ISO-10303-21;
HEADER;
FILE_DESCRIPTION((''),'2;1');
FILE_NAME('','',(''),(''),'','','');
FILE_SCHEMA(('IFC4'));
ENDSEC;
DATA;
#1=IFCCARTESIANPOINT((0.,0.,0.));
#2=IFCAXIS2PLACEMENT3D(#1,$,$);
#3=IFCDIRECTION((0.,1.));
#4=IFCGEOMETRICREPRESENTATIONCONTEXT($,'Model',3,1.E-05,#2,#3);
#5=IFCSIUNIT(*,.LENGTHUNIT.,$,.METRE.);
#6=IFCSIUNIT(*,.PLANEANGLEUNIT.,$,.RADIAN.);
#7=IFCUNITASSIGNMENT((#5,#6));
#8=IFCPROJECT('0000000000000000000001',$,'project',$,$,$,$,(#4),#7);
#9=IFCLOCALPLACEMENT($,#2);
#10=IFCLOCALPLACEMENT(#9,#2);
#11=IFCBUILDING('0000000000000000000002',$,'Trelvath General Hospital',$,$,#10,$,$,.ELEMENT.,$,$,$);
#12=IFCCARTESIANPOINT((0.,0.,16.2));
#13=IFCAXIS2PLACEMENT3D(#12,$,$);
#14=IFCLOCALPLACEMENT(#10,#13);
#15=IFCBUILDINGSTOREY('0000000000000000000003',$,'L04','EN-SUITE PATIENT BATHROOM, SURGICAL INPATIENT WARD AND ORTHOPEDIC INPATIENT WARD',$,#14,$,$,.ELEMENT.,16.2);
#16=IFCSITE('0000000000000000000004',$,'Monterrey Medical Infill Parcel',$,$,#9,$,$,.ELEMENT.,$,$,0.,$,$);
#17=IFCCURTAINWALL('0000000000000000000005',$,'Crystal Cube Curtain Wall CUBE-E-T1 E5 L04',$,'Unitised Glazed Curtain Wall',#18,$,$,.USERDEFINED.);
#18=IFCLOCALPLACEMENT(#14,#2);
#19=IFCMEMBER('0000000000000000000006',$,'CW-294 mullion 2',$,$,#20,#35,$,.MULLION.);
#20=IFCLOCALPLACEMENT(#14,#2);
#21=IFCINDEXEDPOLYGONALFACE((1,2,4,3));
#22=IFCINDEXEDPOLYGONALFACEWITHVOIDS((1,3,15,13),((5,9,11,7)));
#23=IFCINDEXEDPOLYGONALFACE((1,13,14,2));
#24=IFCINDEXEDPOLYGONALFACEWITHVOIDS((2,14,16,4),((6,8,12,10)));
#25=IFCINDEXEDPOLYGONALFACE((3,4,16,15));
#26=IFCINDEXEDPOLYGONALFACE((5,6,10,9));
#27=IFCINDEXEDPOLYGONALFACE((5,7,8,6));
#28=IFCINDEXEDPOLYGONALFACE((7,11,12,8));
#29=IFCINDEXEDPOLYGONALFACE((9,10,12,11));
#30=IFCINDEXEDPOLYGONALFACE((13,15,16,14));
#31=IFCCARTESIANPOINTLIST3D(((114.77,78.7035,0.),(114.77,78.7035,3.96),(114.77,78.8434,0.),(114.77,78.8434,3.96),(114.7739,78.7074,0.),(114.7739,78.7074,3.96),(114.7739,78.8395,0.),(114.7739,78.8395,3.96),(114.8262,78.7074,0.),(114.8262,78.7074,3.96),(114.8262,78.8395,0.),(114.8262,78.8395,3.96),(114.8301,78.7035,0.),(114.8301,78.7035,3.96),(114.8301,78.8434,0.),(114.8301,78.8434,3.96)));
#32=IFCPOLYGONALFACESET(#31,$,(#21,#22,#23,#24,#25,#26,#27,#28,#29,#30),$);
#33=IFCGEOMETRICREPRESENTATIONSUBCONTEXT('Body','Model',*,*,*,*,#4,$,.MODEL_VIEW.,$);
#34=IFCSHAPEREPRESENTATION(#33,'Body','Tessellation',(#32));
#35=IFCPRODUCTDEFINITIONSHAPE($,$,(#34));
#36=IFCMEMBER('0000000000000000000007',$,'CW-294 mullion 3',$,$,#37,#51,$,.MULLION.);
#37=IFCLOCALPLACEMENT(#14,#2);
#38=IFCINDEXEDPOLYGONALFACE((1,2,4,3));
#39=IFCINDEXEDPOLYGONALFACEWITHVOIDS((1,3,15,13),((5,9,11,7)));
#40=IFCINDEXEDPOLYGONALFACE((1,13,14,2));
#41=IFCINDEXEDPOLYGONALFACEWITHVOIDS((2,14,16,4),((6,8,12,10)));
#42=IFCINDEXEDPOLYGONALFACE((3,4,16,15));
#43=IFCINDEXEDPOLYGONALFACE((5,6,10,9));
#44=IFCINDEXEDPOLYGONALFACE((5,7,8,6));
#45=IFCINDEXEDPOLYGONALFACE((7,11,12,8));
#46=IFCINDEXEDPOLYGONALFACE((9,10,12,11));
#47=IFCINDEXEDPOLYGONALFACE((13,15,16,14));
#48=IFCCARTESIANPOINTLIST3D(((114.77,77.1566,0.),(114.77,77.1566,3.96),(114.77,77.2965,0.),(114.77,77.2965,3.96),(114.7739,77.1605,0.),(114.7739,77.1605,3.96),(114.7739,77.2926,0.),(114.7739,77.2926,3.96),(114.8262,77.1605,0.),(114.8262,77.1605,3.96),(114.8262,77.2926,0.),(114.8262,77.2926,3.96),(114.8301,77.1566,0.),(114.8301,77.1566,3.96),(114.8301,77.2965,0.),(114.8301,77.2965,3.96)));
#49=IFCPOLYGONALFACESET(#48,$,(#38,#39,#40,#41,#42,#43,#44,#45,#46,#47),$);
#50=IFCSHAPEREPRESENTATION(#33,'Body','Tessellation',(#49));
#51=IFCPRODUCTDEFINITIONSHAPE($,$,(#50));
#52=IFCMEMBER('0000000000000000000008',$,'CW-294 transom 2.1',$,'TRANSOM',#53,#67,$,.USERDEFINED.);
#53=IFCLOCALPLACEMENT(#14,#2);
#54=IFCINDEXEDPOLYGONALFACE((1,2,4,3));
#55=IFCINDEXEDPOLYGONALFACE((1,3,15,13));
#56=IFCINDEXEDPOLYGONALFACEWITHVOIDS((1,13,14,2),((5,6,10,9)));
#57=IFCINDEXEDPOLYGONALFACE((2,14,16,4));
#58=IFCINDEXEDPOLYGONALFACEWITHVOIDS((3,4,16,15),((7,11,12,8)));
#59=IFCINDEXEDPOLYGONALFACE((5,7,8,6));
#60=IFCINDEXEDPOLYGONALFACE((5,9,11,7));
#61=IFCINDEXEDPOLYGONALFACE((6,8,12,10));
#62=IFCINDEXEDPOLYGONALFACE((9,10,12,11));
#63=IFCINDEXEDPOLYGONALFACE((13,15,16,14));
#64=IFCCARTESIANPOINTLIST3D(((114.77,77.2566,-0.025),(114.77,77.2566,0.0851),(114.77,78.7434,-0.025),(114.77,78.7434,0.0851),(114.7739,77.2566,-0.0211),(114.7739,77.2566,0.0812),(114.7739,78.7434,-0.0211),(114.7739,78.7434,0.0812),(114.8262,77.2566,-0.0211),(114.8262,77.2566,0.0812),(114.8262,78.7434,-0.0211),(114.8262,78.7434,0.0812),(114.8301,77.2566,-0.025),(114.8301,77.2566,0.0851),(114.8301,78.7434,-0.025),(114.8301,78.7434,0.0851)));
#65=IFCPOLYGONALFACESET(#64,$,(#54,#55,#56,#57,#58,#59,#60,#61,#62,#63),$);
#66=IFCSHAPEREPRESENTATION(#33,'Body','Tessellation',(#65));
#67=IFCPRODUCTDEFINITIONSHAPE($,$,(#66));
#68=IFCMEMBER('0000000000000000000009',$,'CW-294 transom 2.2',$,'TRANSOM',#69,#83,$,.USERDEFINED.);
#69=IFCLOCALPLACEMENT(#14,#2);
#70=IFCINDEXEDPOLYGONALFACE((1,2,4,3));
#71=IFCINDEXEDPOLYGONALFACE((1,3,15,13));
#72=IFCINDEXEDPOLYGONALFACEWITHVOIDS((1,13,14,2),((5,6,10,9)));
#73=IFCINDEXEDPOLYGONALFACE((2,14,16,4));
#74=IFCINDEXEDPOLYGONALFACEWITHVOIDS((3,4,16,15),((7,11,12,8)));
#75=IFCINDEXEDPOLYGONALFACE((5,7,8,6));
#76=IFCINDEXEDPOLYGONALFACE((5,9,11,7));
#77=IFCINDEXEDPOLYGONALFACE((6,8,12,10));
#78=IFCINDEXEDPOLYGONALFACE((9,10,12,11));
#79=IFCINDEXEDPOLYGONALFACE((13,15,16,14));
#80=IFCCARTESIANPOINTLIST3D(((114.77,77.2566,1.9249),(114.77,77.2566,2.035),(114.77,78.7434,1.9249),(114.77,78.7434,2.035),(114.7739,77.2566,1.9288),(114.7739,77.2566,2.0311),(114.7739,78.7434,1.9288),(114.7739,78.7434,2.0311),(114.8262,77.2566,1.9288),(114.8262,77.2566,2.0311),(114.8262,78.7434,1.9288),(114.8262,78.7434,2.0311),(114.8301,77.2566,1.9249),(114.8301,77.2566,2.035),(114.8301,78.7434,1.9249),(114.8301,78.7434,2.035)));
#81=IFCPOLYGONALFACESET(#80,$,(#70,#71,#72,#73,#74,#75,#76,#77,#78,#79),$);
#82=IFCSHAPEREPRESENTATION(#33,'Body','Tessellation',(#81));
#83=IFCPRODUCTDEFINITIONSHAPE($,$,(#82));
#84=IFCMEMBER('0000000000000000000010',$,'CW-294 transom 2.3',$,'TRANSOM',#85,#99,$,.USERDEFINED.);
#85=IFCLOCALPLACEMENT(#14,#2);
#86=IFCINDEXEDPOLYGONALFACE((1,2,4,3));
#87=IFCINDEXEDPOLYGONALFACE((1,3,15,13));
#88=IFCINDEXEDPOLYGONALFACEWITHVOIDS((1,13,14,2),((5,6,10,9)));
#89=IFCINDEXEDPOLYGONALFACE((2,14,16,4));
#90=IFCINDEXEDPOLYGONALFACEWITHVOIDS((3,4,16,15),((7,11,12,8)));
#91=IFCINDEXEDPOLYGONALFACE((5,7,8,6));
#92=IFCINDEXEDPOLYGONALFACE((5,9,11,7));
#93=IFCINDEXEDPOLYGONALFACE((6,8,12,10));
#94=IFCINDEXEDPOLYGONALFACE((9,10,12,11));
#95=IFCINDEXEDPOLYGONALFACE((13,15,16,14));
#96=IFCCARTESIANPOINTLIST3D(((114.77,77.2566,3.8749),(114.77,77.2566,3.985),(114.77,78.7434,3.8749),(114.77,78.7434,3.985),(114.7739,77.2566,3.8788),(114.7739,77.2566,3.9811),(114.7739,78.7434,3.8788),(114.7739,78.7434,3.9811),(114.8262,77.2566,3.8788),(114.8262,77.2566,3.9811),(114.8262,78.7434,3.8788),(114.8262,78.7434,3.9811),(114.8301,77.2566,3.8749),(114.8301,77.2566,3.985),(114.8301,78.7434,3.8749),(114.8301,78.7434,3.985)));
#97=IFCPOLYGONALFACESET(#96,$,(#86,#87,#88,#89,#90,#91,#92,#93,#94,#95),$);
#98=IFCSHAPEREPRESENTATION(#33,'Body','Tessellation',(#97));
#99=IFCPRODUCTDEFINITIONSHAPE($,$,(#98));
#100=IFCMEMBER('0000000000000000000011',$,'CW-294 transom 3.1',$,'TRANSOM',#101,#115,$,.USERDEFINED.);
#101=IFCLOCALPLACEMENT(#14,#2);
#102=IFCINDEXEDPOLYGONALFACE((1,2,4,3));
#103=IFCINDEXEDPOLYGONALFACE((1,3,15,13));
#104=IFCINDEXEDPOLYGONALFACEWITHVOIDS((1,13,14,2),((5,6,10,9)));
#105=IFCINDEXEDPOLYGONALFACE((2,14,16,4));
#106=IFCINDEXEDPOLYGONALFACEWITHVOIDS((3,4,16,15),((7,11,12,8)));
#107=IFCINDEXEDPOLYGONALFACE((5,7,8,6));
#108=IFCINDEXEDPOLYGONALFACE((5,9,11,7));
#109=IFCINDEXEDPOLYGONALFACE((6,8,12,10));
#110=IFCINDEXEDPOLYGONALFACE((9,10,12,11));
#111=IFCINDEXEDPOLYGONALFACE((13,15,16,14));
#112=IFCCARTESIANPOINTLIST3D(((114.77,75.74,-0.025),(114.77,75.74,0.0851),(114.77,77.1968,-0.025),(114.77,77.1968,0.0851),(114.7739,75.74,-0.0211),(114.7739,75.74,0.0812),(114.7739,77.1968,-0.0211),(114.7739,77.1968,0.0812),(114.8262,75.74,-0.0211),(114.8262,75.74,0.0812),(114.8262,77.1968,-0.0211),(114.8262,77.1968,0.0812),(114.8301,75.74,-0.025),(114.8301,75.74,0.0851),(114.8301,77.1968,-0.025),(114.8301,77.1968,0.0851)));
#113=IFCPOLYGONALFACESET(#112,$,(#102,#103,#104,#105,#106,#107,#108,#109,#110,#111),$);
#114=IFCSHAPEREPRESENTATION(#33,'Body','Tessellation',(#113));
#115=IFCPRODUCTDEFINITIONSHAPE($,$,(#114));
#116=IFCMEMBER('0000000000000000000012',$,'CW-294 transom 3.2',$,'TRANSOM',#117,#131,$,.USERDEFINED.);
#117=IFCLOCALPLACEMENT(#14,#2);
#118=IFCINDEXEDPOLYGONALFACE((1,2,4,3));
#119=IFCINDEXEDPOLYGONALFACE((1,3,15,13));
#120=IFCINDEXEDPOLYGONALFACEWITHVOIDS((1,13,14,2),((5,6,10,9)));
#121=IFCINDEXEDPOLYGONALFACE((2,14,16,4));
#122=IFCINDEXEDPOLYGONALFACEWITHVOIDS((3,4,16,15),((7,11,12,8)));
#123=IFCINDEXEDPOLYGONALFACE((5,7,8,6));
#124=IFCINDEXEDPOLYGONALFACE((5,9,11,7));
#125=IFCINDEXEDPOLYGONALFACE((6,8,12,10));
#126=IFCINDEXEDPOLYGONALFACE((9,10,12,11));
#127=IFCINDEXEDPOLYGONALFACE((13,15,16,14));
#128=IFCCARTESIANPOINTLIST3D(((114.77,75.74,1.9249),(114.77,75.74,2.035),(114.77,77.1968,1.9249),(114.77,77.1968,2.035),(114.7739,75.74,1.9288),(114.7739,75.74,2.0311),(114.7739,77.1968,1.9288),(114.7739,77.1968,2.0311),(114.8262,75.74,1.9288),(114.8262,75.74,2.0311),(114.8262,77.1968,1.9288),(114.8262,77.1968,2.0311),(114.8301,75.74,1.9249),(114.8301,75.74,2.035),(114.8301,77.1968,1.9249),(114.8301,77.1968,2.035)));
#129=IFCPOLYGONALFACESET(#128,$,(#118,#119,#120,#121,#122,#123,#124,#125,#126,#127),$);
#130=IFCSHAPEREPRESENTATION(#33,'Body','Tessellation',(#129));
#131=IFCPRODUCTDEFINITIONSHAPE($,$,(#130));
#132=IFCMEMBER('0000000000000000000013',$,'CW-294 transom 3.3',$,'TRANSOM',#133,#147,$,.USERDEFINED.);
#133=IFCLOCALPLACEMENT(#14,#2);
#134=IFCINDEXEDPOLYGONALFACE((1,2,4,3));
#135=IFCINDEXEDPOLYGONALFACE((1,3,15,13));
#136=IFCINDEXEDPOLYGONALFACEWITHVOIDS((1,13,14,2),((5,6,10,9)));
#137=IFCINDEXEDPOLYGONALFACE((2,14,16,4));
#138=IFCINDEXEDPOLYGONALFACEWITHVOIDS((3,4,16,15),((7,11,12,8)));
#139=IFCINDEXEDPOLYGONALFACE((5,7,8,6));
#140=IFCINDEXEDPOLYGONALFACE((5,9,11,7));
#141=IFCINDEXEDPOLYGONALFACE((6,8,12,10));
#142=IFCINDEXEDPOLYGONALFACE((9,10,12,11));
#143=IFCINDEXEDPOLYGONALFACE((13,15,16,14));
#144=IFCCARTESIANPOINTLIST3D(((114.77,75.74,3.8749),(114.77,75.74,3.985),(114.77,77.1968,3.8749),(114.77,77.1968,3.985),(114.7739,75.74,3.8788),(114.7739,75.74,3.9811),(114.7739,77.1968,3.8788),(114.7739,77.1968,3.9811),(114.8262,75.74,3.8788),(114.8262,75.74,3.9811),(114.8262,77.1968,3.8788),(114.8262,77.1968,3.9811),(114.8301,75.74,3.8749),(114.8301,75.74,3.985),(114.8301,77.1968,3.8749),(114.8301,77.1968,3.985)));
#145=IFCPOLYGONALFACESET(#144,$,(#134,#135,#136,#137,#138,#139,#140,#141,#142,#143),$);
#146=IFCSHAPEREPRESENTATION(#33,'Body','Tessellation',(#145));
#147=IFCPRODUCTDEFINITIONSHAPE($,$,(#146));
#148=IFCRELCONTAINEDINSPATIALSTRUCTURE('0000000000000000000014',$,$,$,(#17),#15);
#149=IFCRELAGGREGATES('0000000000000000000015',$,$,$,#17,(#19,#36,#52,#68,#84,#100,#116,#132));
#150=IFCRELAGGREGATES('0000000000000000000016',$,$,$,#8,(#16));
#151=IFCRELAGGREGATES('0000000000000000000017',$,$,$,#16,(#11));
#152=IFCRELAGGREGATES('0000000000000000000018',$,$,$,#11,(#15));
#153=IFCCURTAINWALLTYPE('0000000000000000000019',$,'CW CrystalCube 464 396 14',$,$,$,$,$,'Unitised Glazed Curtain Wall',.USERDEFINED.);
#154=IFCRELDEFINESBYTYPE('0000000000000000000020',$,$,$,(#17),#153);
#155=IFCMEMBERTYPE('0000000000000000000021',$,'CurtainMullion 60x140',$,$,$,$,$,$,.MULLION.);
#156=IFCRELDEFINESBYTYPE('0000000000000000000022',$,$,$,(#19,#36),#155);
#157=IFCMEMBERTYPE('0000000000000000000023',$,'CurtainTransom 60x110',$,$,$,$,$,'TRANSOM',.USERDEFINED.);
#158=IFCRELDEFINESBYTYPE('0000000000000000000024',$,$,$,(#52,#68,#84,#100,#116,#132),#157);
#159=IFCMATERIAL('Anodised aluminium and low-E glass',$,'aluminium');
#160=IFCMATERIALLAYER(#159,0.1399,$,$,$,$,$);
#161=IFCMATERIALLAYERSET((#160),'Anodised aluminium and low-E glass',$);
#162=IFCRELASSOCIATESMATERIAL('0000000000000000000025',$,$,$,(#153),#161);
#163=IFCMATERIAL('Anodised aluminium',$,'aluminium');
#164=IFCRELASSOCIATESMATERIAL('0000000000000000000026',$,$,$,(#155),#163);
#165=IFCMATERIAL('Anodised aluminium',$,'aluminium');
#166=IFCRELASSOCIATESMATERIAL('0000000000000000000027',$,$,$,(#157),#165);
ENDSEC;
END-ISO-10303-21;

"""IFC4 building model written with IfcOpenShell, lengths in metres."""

from ifc_helpers import new_model, si_unit, direction, frame, origin, origin_2d, place, context, subcontext, project, spatial, hollow_rectangle, extrude, material, layer, layer_set, material_profile, profile_set, type_object, element, aggregate, save


model = new_model("IFC4")

# Units and contexts
model_context = context("Model", 3, precision=1e-05, world=origin(), true_north=direction((0.0, 1.0)))
body_context = subcontext(model_context, "Body", "Model", "MODEL_VIEW")
ifc_project = project(units=[si_unit("LENGTHUNIT", "METRE"), si_unit("PLANEANGLEUNIT", "RADIAN")], contexts=[model_context])

# Site, building, storey
site_placement = place(None, origin())
site = spatial("IfcSite", under=ifc_project, at=site_placement, Name="Monterrey Medical Infill Parcel", CompositionType="ELEMENT", RefElevation=0.0)
building_placement = place(site_placement, origin())
building = spatial("IfcBuilding", under=site, at=building_placement, Name="Trelvath General Hospital", CompositionType="ELEMENT")
storey_placement = place(building_placement, frame((0.0, 0.0, 16.2)))
storey = spatial("IfcBuildingStorey", under=building, at=storey_placement, Name="L04", Description="EN-SUITE PATIENT BATHROOM, SURGICAL INPATIENT WARD AND ORTHOPEDIC INPATIENT WARD", CompositionType="ELEMENT", Elevation=16.2)

# Curtain wall, members
ifc_material_1 = material(Name="Anodised aluminium and low-E glass", Category="aluminium")
ifc_layer_1 = layer(ifc_material_1, 0.1399)
ifc_layer_set_1 = layer_set([ifc_layer_1], Name="Anodised aluminium and low-E glass")
curtain_wall_type = type_object("IfcCurtainWallType", Name="CW CrystalCube 464 396 14", ElementType="Unitised Glazed Curtain Wall", PredefinedType="USERDEFINED", material=ifc_layer_set_1)
curtain_wall_placement = place(storey_placement, origin())
curtain_wall = element("IfcCurtainWall", 1, at=curtain_wall_placement, inside=storey, type_object=curtain_wall_type, Name="Crystal Cube Curtain Wall CUBE-E-T1 E5 L04", ObjectType="Unitised Glazed Curtain Wall", PredefinedType="USERDEFINED")
ifc_material_2 = material(Name="Anodised aluminium", Category="aluminium")
ifc_material_profile_1 = material_profile(ifc_material_2, hollow_rectangle(XDim=0.0601, YDim=0.1399, WallThickness=0.0039, at=origin_2d()), Name="RHS60x140x4")
ifc_profile_set_1 = profile_set([ifc_material_profile_1], Name="Anodised aluminium")
member_type_1 = type_object("IfcMemberType", Name="CurtainMullion 60x140", PredefinedType="MULLION", material=ifc_profile_set_1)
member_1_placement = place(storey_placement, frame((114.8, 78.7734, 0.0), z_axis=(0.0, 0.0, 1.0), x_axis=(1.0, 0.0, 0.0)))
member_1 = element("IfcMember", 2, at=member_1_placement, type_object=member_type_1, Name="CW-294 mullion 2", PredefinedType="MULLION", context=body_context, shape_type="SweptSolid", body=[
    extrude(hollow_rectangle(XDim=0.0601, YDim=0.1399, WallThickness=0.0039, at=origin_2d()), origin(), (0.0, 0.0, 1.0), 3.96),
])
member_2_placement = place(storey_placement, frame((114.8, 77.2266, 0.0), z_axis=(0.0, 0.0, 1.0), x_axis=(1.0, 0.0, 0.0)))
member_2 = element("IfcMember", 3, at=member_2_placement, type_object=member_type_1, Name="CW-294 mullion 3", PredefinedType="MULLION", context=body_context, shape_type="SweptSolid", body=[
    extrude(hollow_rectangle(XDim=0.0601, YDim=0.1399, WallThickness=0.0039, at=origin_2d()), origin(), (0.0, 0.0, 1.0), 3.96),
])
ifc_material_3 = material(Name="Anodised aluminium", Category="aluminium")
ifc_material_profile_2 = material_profile(ifc_material_3, hollow_rectangle(XDim=0.0601, YDim=0.1101, WallThickness=0.0039, at=origin_2d()), Name="RHS60x110x4")
ifc_profile_set_2 = profile_set([ifc_material_profile_2], Name="Anodised aluminium")
member_type_2 = type_object("IfcMemberType", Name="CurtainTransom 60x110", ElementType="TRANSOM", PredefinedType="USERDEFINED", material=ifc_profile_set_2)
member_3_placement = place(storey_placement, frame((114.8, 78.7434, 0.03), z_axis=(0.0, -1.0, 0.0), x_axis=(1.0, 0.0, 0.0)))
member_3 = element("IfcMember", 4, at=member_3_placement, type_object=member_type_2, Name="CW-294 transom 2.1", ObjectType="TRANSOM", PredefinedType="USERDEFINED", context=body_context, shape_type="SweptSolid", body=[
    extrude(hollow_rectangle(XDim=0.0601, YDim=0.1101, WallThickness=0.0039, at=origin_2d()), origin(), (0.0, 0.0, 1.0), 1.4868),
])
member_4_placement = place(storey_placement, frame((114.8, 78.7434, 1.98), z_axis=(0.0, -1.0, 0.0), x_axis=(1.0, 0.0, 0.0)))
member_4 = element("IfcMember", 5, at=member_4_placement, type_object=member_type_2, Name="CW-294 transom 2.2", ObjectType="TRANSOM", PredefinedType="USERDEFINED", context=body_context, shape_type="SweptSolid", body=[
    extrude(hollow_rectangle(XDim=0.0601, YDim=0.1101, WallThickness=0.0039, at=origin_2d()), origin(), (0.0, 0.0, 1.0), 1.4868),
])
member_5_placement = place(storey_placement, frame((114.8, 78.7434, 3.9299), z_axis=(0.0, -1.0, 0.0), x_axis=(1.0, 0.0, 0.0)))
member_5 = element("IfcMember", 6, at=member_5_placement, type_object=member_type_2, Name="CW-294 transom 2.3", ObjectType="TRANSOM", PredefinedType="USERDEFINED", context=body_context, shape_type="SweptSolid", body=[
    extrude(hollow_rectangle(XDim=0.0601, YDim=0.1101, WallThickness=0.0039, at=origin_2d()), origin(), (0.0, 0.0, 1.0), 1.4868),
])
member_6_placement = place(storey_placement, frame((114.8, 77.1968, 0.03), z_axis=(0.0, -1.0, 0.0), x_axis=(1.0, 0.0, 0.0)))
member_6 = element("IfcMember", 7, at=member_6_placement, type_object=member_type_2, Name="CW-294 transom 3.1", ObjectType="TRANSOM", PredefinedType="USERDEFINED", context=body_context, shape_type="SweptSolid", body=[
    extrude(hollow_rectangle(XDim=0.0601, YDim=0.1101, WallThickness=0.0039, at=origin_2d()), origin(), (0.0, 0.0, 1.0), 1.4568),
])
member_7_placement = place(storey_placement, frame((114.8, 77.1968, 1.98), z_axis=(0.0, -1.0, 0.0), x_axis=(1.0, 0.0, 0.0)))
member_7 = element("IfcMember", 8, at=member_7_placement, type_object=member_type_2, Name="CW-294 transom 3.2", ObjectType="TRANSOM", PredefinedType="USERDEFINED", context=body_context, shape_type="SweptSolid", body=[
    extrude(hollow_rectangle(XDim=0.0601, YDim=0.1101, WallThickness=0.0039, at=origin_2d()), origin(), (0.0, 0.0, 1.0), 1.4568),
])
member_8_placement = place(storey_placement, frame((114.8, 77.1968, 3.9299), z_axis=(0.0, -1.0, 0.0), x_axis=(1.0, 0.0, 0.0)))
member_8 = element("IfcMember", 9, at=member_8_placement, type_object=member_type_2, Name="CW-294 transom 3.3", ObjectType="TRANSOM", PredefinedType="USERDEFINED", context=body_context, shape_type="SweptSolid", body=[
    extrude(hollow_rectangle(XDim=0.0601, YDim=0.1101, WallThickness=0.0039, at=origin_2d()), origin(), (0.0, 0.0, 1.0), 1.4568),
])

aggregate(curtain_wall, [member_1, member_2, member_3, member_4, member_5, member_6, member_7, member_8])

save(model, "model.ifc")
